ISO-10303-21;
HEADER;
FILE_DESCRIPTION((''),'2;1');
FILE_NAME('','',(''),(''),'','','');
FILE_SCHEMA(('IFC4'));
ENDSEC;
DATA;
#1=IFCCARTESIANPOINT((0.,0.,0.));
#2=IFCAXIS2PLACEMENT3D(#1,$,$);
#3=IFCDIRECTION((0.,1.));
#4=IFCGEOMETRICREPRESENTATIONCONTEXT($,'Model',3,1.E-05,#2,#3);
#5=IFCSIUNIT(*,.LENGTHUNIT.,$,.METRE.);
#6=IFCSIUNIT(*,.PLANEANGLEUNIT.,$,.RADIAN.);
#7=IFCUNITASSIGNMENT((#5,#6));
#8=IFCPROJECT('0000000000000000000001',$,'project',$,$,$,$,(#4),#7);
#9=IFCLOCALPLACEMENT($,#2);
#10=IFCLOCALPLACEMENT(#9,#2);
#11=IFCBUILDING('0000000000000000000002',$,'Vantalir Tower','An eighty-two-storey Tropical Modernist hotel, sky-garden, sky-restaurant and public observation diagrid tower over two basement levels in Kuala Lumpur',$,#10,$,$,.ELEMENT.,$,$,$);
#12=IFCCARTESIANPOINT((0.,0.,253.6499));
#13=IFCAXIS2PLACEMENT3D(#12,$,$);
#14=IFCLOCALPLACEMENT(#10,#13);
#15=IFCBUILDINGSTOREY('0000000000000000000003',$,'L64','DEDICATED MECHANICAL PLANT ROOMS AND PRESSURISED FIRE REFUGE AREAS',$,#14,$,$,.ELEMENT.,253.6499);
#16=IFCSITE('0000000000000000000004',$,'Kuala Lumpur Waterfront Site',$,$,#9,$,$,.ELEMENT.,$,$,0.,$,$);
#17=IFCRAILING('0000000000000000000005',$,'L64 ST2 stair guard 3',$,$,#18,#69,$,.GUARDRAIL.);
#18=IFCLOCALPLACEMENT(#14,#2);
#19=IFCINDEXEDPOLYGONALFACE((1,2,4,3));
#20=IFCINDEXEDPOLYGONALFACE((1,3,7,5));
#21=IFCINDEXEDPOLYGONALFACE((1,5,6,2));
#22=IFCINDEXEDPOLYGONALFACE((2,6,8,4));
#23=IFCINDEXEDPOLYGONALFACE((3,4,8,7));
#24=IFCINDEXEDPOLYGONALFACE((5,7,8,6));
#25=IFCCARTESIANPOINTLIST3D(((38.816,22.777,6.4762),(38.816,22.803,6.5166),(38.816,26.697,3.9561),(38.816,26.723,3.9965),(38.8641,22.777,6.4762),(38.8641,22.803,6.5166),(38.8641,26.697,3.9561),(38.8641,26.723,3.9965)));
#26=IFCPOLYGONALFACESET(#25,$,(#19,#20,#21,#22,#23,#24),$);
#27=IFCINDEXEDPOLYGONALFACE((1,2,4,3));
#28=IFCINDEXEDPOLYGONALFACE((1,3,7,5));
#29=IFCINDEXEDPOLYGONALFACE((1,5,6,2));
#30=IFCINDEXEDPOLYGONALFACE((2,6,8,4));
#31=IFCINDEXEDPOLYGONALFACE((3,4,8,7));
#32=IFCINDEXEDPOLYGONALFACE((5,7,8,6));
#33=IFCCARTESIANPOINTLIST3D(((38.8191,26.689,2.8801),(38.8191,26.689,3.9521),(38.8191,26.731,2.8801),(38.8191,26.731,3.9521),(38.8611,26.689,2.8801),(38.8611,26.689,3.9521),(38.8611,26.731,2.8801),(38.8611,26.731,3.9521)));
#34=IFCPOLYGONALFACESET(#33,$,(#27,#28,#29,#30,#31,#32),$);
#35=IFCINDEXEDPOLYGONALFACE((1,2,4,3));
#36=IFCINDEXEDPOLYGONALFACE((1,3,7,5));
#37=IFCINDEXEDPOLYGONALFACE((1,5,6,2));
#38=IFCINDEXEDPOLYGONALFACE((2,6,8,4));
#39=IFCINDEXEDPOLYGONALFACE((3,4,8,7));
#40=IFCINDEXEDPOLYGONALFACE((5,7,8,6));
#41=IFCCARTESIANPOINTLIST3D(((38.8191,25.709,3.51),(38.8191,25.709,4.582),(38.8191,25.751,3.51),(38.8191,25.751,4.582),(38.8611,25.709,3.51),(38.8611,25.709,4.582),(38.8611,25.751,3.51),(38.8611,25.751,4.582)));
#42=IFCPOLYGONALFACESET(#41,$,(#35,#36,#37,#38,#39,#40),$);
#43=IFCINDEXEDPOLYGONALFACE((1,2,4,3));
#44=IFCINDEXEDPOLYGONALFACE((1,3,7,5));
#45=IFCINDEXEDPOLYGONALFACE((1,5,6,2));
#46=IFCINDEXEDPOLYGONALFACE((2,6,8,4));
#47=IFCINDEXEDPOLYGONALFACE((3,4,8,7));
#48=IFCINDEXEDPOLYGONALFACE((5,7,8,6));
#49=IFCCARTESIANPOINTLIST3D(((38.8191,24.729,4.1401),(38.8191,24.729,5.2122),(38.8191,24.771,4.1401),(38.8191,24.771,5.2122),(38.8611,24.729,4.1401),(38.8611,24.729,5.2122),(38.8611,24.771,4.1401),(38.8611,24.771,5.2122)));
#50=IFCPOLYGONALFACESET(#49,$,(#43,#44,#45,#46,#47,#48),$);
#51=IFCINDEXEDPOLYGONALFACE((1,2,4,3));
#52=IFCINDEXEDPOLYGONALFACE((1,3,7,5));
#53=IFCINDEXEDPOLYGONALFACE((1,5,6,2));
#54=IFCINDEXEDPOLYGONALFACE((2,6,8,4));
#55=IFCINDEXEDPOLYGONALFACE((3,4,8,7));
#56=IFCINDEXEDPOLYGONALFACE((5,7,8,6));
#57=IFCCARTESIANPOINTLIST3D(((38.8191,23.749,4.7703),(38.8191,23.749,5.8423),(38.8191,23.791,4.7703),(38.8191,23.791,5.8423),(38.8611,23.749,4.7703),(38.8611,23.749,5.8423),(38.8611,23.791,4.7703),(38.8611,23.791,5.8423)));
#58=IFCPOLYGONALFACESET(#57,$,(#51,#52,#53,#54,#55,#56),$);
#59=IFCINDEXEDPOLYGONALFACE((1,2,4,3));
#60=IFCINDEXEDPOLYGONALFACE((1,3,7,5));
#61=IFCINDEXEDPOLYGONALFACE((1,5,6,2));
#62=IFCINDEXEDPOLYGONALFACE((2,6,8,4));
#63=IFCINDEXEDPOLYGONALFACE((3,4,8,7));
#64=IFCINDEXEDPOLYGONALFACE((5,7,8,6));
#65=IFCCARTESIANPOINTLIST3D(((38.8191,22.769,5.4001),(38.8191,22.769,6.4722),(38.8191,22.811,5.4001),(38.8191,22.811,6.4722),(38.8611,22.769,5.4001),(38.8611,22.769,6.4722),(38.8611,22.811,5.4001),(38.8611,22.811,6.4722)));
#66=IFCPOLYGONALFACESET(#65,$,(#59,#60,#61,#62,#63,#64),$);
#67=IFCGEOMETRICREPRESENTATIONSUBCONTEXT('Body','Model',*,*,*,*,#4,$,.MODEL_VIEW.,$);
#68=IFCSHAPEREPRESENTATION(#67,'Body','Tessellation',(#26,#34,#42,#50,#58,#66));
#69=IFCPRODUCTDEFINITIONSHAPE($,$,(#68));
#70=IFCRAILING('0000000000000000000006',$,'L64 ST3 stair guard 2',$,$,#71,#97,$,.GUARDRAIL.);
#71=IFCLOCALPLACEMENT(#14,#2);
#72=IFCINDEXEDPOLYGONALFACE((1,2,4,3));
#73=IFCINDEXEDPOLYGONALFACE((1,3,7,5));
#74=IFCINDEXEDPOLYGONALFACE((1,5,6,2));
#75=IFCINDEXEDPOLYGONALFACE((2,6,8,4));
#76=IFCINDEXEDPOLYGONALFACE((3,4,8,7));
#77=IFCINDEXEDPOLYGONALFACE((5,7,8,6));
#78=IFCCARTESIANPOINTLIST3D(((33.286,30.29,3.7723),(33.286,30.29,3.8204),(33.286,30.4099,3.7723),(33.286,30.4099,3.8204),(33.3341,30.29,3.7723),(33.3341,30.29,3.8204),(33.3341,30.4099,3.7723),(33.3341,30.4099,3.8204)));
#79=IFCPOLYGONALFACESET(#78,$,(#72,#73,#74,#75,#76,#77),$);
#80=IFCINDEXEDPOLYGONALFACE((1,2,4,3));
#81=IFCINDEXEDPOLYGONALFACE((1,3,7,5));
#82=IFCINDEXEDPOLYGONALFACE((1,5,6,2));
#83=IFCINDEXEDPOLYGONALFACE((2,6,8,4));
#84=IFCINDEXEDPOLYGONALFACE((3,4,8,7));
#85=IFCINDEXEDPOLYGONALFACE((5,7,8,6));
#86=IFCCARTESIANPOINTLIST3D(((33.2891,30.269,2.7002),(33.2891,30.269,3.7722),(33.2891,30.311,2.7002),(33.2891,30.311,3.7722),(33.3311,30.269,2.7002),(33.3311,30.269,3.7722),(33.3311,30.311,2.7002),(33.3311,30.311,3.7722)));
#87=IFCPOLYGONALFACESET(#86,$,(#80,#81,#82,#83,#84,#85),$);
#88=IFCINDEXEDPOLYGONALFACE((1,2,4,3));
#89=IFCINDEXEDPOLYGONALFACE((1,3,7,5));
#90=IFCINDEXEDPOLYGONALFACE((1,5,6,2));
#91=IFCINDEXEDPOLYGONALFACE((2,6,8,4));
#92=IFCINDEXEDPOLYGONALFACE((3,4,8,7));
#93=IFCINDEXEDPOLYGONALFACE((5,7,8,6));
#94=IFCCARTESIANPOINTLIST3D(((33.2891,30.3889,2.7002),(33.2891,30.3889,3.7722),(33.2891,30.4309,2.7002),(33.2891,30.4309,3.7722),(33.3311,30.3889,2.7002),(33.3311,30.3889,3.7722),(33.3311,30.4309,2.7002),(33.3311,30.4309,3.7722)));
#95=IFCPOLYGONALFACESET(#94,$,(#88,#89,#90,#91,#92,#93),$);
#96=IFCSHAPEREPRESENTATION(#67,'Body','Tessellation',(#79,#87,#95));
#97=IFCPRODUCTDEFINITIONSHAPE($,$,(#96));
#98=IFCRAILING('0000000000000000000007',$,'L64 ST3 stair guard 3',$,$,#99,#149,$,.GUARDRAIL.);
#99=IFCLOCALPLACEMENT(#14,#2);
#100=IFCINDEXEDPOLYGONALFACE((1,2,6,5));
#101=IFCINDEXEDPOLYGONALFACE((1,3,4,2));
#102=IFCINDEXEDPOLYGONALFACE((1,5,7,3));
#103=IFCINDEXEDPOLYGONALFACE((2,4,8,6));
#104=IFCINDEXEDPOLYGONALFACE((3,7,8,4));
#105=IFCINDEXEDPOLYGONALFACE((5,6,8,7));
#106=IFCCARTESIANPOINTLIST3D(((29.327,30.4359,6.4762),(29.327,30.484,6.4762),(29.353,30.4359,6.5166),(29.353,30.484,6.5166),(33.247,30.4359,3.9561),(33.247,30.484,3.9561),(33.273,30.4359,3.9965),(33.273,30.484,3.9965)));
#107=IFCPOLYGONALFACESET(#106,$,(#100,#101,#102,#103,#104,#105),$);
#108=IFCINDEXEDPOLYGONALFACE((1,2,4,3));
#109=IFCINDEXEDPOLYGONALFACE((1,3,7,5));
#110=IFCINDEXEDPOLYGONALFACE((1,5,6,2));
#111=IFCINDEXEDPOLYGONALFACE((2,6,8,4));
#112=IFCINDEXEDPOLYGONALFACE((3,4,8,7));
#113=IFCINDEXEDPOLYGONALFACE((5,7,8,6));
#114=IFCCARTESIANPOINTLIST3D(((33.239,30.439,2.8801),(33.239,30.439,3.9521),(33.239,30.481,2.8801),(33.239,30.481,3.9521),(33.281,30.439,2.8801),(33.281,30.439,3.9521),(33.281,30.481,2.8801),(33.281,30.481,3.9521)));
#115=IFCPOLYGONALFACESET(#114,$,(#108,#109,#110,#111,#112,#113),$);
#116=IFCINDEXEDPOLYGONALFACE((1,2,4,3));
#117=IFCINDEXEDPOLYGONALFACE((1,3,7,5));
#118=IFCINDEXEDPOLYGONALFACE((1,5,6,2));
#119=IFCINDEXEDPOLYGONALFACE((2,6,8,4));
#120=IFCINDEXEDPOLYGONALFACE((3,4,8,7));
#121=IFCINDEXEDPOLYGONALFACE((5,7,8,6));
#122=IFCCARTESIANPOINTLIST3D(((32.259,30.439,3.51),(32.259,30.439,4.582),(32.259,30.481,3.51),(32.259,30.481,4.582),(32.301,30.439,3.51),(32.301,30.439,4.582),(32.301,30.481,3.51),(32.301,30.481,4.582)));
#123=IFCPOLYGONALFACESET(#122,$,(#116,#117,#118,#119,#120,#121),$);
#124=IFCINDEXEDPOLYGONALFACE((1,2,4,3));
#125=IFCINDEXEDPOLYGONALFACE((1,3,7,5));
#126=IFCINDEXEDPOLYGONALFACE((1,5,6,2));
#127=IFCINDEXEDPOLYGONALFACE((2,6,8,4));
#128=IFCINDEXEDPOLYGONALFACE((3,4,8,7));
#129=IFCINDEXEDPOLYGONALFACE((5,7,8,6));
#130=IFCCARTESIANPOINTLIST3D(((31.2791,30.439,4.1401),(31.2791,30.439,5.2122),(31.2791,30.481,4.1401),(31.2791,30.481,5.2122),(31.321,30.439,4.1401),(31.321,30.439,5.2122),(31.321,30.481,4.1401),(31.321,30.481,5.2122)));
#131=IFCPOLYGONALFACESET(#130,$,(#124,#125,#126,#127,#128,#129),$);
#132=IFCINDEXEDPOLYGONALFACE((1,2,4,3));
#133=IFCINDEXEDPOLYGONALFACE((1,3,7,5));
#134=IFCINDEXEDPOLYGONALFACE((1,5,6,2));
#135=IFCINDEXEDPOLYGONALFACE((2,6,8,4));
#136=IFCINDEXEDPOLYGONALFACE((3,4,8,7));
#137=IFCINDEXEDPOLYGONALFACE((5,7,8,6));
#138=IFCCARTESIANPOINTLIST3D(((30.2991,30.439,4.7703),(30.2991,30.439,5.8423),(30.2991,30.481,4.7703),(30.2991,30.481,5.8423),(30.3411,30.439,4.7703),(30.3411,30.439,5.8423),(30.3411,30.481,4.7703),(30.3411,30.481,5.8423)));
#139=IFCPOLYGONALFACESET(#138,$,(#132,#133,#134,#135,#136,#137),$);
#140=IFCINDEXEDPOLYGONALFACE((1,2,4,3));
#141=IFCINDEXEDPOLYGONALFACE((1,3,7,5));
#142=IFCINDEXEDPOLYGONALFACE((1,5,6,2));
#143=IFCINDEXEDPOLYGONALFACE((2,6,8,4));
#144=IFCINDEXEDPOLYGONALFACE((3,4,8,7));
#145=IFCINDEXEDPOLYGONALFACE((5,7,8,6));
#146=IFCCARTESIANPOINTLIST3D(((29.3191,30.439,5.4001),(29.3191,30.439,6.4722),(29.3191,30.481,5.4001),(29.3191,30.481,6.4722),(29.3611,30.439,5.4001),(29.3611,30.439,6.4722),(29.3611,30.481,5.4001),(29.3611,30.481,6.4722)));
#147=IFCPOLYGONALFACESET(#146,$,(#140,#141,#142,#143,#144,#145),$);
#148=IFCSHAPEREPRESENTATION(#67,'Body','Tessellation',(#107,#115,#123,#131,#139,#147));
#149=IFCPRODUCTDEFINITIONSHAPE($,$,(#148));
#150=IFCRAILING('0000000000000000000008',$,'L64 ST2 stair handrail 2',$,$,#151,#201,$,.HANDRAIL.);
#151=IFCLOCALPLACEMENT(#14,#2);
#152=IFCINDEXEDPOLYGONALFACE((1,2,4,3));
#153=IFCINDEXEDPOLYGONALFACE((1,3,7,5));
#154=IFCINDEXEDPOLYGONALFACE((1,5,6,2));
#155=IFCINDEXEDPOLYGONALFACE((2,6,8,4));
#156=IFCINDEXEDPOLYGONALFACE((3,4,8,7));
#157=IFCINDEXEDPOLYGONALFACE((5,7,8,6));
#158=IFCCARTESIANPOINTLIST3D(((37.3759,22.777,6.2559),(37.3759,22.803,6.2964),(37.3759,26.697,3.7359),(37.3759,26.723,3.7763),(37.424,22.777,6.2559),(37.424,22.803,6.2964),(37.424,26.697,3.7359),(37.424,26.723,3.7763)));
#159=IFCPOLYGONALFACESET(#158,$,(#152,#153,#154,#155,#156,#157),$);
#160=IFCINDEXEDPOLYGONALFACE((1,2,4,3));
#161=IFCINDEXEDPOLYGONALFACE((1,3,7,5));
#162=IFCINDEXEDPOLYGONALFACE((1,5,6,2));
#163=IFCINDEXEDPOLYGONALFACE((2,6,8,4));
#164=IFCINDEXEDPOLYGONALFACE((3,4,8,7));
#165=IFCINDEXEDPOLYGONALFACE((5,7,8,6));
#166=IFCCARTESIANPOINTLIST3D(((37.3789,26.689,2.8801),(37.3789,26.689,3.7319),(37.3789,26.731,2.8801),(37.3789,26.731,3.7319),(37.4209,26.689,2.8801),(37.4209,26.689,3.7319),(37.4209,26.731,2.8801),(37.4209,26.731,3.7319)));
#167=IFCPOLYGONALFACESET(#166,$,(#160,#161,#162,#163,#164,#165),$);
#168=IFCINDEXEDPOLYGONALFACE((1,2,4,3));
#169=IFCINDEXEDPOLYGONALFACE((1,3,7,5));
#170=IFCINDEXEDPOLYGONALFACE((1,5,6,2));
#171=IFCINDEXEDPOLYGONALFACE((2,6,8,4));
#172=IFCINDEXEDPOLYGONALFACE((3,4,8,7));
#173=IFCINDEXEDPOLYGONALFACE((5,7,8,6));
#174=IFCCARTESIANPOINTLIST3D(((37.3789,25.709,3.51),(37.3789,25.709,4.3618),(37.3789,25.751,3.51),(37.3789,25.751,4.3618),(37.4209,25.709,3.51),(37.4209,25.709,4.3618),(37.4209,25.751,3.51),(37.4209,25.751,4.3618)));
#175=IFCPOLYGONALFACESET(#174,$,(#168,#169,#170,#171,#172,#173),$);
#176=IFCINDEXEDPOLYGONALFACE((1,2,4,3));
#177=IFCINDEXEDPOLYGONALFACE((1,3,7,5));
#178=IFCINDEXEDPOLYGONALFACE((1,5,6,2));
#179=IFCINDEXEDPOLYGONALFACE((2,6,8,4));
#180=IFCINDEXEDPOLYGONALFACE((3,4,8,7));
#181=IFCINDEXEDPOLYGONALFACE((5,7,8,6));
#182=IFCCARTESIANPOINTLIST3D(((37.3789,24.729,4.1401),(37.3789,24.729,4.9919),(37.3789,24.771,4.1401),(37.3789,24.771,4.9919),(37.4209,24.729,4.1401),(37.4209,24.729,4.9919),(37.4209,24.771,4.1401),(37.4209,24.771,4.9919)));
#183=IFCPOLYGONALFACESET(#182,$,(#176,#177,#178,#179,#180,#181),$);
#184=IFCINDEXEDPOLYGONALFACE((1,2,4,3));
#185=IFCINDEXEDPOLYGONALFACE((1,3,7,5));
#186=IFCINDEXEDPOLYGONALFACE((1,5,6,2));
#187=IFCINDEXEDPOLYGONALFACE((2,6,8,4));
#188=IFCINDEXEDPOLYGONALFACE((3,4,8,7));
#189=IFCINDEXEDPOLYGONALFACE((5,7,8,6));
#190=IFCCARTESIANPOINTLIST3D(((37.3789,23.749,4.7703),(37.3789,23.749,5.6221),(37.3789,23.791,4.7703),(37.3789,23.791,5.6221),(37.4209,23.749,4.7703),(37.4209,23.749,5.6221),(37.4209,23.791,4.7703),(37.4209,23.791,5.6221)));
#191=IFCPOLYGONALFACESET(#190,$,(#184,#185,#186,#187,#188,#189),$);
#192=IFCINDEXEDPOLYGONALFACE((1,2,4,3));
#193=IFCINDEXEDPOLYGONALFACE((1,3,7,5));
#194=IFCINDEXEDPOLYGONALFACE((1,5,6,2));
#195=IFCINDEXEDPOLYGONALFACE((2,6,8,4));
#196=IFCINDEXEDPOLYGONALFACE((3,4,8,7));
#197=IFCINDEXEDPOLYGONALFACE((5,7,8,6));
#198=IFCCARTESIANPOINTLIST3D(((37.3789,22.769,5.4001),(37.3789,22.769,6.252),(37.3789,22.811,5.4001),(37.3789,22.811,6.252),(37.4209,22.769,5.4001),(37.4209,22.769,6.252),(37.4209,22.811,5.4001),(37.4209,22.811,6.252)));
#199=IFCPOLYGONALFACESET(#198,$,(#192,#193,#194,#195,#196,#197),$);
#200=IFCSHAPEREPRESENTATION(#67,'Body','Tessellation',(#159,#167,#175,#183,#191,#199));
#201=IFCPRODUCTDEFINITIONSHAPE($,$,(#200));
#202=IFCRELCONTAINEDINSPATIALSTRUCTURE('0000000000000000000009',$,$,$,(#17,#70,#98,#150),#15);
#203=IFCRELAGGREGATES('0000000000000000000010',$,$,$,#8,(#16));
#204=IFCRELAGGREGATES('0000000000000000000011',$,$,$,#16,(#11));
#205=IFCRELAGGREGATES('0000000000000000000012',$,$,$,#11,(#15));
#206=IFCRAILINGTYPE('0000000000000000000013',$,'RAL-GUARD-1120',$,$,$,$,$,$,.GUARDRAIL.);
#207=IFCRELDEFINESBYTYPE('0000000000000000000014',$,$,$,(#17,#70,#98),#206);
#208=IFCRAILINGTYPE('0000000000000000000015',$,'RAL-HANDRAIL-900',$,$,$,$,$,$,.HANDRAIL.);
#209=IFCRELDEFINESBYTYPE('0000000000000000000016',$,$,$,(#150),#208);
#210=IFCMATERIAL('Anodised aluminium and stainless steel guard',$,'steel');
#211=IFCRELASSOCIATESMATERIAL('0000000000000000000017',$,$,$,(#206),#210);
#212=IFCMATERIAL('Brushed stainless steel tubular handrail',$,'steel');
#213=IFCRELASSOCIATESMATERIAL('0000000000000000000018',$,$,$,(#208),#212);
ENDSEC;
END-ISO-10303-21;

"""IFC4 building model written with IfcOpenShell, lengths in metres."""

from ifc_helpers import new_model, si_unit, direction, frame, origin, origin_2d, place, context, subcontext, project, spatial, rectangle, extrude, material, type_object, element, save


model = new_model("IFC4")

# Units and contexts
model_context = context("Model", 3, precision=1e-05, world=origin(), true_north=direction((0.0, 1.0)))
body_context = subcontext(model_context, "Body", "Model", "MODEL_VIEW")
ifc_project = project(units=[si_unit("LENGTHUNIT", "METRE"), si_unit("PLANEANGLEUNIT", "RADIAN")], contexts=[model_context])

# Site, building, storey
site_placement = place(None, origin())
site = spatial("IfcSite", under=ifc_project, at=site_placement, Name="Kuala Lumpur Waterfront Site", CompositionType="ELEMENT", RefElevation=0.0)
building_placement = place(site_placement, origin())
building = spatial("IfcBuilding", under=site, at=building_placement, Name="Vantalir Tower", Description="An eighty-two-storey Tropical Modernist hotel, sky-garden, sky-restaurant and public observation diagrid tower over two basement levels in Kuala Lumpur", CompositionType="ELEMENT")
storey_placement = place(building_placement, frame((0.0, 0.0, 253.6499)))
storey = spatial("IfcBuildingStorey", under=building, at=storey_placement, Name="L64", Description="DEDICATED MECHANICAL PLANT ROOMS AND PRESSURISED FIRE REFUGE AREAS", CompositionType="ELEMENT", Elevation=253.6499)

# Railings
ifc_material_1 = material(Name="Anodised aluminium and stainless steel guard", Category="steel")
railing_type_1 = type_object("IfcRailingType", Name="RAL-GUARD-1120", PredefinedType="GUARDRAIL", material=ifc_material_1)
railing_1_placement = place(storey_placement, frame((38.8401, 26.71, 2.8801)))
element("IfcRailing", 1, at=railing_1_placement, inside=storey, type_object=railing_type_1, Name="L64 ST2 stair guard 3", PredefinedType="GUARDRAIL", context=body_context, shape_type="SweptSolid", body=[
    extrude(rectangle(XDim=0.0481, YDim=0.0481, at=origin_2d()), frame((0.0, 0.0, 1.0962), z_axis=(0.0, -0.841172, 0.540768), x_axis=(1.0, 0.0, 0.0)), (0.0, 0.0, 1.0), 4.6602),
    extrude(rectangle(XDim=0.042, YDim=0.042, at=origin_2d()), origin(), (0.0, 0.0, 1.0), 1.072),
    extrude(rectangle(XDim=0.042, YDim=0.042, at=origin_2d()), frame((0.0, -0.98, 0.6299)), (0.0, 0.0, 1.0), 1.072),
    extrude(rectangle(XDim=0.042, YDim=0.042, at=origin_2d()), frame((0.0, -1.96, 1.26)), (0.0, 0.0, 1.0), 1.072),
    extrude(rectangle(XDim=0.042, YDim=0.042, at=origin_2d()), frame((0.0, -2.9399, 1.8901)), (0.0, 0.0, 1.0), 1.072),
    extrude(rectangle(XDim=0.042, YDim=0.042, at=origin_2d()), frame((0.0, -3.9199, 2.52)), (0.0, 0.0, 1.0), 1.072),
])
railing_2_placement = place(storey_placement, frame((33.3101, 30.29, 2.7002)))
element("IfcRailing", 2, at=railing_2_placement, inside=storey, type_object=railing_type_1, Name="L64 ST3 stair guard 2", PredefinedType="GUARDRAIL", context=body_context, shape_type="SweptSolid", body=[
    extrude(rectangle(XDim=0.0481, YDim=0.0481, at=origin_2d()), frame((0.0, 0.0, 1.0962), z_axis=(0.0, 1.0, 0.0), x_axis=(-1.0, 0.0, 0.0)), (0.0, 0.0, 1.0), 0.1199),
    extrude(rectangle(XDim=0.042, YDim=0.042, at=origin_2d()), origin(), (0.0, 0.0, 1.0), 1.072),
    extrude(rectangle(XDim=0.042, YDim=0.042, at=origin_2d()), frame((0.0, 0.1199, 0.0)), (0.0, 0.0, 1.0), 1.072),
])
railing_3_placement = place(storey_placement, frame((33.26, 30.46, 2.8801)))
element("IfcRailing", 3, at=railing_3_placement, inside=storey, type_object=railing_type_1, Name="L64 ST3 stair guard 3", PredefinedType="GUARDRAIL", context=body_context, shape_type="SweptSolid", body=[
    extrude(rectangle(XDim=0.0481, YDim=0.0481, at=origin_2d()), frame((0.0, 0.0, 1.0962), z_axis=(-0.841172, 0.0, 0.540768), x_axis=(0.0, -1.0, 0.0)), (0.0, 0.0, 1.0), 4.6602),
    extrude(rectangle(XDim=0.042, YDim=0.042, at=origin_2d()), origin(), (0.0, 0.0, 1.0), 1.072),
    extrude(rectangle(XDim=0.042, YDim=0.042, at=origin_2d()), frame((-0.98, 0.0, 0.6299)), (0.0, 0.0, 1.0), 1.072),
    extrude(rectangle(XDim=0.042, YDim=0.042, at=origin_2d()), frame((-1.96, 0.0, 1.26)), (0.0, 0.0, 1.0), 1.072),
    extrude(rectangle(XDim=0.042, YDim=0.042, at=origin_2d()), frame((-2.9399, 0.0, 1.8901)), (0.0, 0.0, 1.0), 1.072),
    extrude(rectangle(XDim=0.042, YDim=0.042, at=origin_2d()), frame((-3.9199, 0.0, 2.52)), (0.0, 0.0, 1.0), 1.072),
])
ifc_material_2 = material(Name="Brushed stainless steel tubular handrail", Category="steel")
railing_type_2 = type_object("IfcRailingType", Name="RAL-HANDRAIL-900", PredefinedType="HANDRAIL", material=ifc_material_2)
railing_4_placement = place(storey_placement, frame((37.3999, 26.71, 2.8801)))
element("IfcRailing", 4, at=railing_4_placement, inside=storey, type_object=railing_type_2, Name="L64 ST2 stair handrail 2", PredefinedType="HANDRAIL", context=body_context, shape_type="SweptSolid", body=[
    extrude(rectangle(XDim=0.0481, YDim=0.0481, at=origin_2d()), frame((0.0, 0.0, 0.876), z_axis=(0.0, -0.841172, 0.540768), x_axis=(1.0, 0.0, 0.0)), (0.0, 0.0, 1.0), 4.6602),
    extrude(rectangle(XDim=0.042, YDim=0.042, at=origin_2d()), origin(), (0.0, 0.0, 1.0), 0.8518),
    extrude(rectangle(XDim=0.042, YDim=0.042, at=origin_2d()), frame((0.0, -0.98, 0.6299)), (0.0, 0.0, 1.0), 0.8518),
    extrude(rectangle(XDim=0.042, YDim=0.042, at=origin_2d()), frame((0.0, -1.96, 1.26)), (0.0, 0.0, 1.0), 0.8518),
    extrude(rectangle(XDim=0.042, YDim=0.042, at=origin_2d()), frame((0.0, -2.9399, 1.8901)), (0.0, 0.0, 1.0), 0.8518),
    extrude(rectangle(XDim=0.042, YDim=0.042, at=origin_2d()), frame((0.0, -3.9199, 2.52)), (0.0, 0.0, 1.0), 0.8518),
])

save(model, "model.ifc")
